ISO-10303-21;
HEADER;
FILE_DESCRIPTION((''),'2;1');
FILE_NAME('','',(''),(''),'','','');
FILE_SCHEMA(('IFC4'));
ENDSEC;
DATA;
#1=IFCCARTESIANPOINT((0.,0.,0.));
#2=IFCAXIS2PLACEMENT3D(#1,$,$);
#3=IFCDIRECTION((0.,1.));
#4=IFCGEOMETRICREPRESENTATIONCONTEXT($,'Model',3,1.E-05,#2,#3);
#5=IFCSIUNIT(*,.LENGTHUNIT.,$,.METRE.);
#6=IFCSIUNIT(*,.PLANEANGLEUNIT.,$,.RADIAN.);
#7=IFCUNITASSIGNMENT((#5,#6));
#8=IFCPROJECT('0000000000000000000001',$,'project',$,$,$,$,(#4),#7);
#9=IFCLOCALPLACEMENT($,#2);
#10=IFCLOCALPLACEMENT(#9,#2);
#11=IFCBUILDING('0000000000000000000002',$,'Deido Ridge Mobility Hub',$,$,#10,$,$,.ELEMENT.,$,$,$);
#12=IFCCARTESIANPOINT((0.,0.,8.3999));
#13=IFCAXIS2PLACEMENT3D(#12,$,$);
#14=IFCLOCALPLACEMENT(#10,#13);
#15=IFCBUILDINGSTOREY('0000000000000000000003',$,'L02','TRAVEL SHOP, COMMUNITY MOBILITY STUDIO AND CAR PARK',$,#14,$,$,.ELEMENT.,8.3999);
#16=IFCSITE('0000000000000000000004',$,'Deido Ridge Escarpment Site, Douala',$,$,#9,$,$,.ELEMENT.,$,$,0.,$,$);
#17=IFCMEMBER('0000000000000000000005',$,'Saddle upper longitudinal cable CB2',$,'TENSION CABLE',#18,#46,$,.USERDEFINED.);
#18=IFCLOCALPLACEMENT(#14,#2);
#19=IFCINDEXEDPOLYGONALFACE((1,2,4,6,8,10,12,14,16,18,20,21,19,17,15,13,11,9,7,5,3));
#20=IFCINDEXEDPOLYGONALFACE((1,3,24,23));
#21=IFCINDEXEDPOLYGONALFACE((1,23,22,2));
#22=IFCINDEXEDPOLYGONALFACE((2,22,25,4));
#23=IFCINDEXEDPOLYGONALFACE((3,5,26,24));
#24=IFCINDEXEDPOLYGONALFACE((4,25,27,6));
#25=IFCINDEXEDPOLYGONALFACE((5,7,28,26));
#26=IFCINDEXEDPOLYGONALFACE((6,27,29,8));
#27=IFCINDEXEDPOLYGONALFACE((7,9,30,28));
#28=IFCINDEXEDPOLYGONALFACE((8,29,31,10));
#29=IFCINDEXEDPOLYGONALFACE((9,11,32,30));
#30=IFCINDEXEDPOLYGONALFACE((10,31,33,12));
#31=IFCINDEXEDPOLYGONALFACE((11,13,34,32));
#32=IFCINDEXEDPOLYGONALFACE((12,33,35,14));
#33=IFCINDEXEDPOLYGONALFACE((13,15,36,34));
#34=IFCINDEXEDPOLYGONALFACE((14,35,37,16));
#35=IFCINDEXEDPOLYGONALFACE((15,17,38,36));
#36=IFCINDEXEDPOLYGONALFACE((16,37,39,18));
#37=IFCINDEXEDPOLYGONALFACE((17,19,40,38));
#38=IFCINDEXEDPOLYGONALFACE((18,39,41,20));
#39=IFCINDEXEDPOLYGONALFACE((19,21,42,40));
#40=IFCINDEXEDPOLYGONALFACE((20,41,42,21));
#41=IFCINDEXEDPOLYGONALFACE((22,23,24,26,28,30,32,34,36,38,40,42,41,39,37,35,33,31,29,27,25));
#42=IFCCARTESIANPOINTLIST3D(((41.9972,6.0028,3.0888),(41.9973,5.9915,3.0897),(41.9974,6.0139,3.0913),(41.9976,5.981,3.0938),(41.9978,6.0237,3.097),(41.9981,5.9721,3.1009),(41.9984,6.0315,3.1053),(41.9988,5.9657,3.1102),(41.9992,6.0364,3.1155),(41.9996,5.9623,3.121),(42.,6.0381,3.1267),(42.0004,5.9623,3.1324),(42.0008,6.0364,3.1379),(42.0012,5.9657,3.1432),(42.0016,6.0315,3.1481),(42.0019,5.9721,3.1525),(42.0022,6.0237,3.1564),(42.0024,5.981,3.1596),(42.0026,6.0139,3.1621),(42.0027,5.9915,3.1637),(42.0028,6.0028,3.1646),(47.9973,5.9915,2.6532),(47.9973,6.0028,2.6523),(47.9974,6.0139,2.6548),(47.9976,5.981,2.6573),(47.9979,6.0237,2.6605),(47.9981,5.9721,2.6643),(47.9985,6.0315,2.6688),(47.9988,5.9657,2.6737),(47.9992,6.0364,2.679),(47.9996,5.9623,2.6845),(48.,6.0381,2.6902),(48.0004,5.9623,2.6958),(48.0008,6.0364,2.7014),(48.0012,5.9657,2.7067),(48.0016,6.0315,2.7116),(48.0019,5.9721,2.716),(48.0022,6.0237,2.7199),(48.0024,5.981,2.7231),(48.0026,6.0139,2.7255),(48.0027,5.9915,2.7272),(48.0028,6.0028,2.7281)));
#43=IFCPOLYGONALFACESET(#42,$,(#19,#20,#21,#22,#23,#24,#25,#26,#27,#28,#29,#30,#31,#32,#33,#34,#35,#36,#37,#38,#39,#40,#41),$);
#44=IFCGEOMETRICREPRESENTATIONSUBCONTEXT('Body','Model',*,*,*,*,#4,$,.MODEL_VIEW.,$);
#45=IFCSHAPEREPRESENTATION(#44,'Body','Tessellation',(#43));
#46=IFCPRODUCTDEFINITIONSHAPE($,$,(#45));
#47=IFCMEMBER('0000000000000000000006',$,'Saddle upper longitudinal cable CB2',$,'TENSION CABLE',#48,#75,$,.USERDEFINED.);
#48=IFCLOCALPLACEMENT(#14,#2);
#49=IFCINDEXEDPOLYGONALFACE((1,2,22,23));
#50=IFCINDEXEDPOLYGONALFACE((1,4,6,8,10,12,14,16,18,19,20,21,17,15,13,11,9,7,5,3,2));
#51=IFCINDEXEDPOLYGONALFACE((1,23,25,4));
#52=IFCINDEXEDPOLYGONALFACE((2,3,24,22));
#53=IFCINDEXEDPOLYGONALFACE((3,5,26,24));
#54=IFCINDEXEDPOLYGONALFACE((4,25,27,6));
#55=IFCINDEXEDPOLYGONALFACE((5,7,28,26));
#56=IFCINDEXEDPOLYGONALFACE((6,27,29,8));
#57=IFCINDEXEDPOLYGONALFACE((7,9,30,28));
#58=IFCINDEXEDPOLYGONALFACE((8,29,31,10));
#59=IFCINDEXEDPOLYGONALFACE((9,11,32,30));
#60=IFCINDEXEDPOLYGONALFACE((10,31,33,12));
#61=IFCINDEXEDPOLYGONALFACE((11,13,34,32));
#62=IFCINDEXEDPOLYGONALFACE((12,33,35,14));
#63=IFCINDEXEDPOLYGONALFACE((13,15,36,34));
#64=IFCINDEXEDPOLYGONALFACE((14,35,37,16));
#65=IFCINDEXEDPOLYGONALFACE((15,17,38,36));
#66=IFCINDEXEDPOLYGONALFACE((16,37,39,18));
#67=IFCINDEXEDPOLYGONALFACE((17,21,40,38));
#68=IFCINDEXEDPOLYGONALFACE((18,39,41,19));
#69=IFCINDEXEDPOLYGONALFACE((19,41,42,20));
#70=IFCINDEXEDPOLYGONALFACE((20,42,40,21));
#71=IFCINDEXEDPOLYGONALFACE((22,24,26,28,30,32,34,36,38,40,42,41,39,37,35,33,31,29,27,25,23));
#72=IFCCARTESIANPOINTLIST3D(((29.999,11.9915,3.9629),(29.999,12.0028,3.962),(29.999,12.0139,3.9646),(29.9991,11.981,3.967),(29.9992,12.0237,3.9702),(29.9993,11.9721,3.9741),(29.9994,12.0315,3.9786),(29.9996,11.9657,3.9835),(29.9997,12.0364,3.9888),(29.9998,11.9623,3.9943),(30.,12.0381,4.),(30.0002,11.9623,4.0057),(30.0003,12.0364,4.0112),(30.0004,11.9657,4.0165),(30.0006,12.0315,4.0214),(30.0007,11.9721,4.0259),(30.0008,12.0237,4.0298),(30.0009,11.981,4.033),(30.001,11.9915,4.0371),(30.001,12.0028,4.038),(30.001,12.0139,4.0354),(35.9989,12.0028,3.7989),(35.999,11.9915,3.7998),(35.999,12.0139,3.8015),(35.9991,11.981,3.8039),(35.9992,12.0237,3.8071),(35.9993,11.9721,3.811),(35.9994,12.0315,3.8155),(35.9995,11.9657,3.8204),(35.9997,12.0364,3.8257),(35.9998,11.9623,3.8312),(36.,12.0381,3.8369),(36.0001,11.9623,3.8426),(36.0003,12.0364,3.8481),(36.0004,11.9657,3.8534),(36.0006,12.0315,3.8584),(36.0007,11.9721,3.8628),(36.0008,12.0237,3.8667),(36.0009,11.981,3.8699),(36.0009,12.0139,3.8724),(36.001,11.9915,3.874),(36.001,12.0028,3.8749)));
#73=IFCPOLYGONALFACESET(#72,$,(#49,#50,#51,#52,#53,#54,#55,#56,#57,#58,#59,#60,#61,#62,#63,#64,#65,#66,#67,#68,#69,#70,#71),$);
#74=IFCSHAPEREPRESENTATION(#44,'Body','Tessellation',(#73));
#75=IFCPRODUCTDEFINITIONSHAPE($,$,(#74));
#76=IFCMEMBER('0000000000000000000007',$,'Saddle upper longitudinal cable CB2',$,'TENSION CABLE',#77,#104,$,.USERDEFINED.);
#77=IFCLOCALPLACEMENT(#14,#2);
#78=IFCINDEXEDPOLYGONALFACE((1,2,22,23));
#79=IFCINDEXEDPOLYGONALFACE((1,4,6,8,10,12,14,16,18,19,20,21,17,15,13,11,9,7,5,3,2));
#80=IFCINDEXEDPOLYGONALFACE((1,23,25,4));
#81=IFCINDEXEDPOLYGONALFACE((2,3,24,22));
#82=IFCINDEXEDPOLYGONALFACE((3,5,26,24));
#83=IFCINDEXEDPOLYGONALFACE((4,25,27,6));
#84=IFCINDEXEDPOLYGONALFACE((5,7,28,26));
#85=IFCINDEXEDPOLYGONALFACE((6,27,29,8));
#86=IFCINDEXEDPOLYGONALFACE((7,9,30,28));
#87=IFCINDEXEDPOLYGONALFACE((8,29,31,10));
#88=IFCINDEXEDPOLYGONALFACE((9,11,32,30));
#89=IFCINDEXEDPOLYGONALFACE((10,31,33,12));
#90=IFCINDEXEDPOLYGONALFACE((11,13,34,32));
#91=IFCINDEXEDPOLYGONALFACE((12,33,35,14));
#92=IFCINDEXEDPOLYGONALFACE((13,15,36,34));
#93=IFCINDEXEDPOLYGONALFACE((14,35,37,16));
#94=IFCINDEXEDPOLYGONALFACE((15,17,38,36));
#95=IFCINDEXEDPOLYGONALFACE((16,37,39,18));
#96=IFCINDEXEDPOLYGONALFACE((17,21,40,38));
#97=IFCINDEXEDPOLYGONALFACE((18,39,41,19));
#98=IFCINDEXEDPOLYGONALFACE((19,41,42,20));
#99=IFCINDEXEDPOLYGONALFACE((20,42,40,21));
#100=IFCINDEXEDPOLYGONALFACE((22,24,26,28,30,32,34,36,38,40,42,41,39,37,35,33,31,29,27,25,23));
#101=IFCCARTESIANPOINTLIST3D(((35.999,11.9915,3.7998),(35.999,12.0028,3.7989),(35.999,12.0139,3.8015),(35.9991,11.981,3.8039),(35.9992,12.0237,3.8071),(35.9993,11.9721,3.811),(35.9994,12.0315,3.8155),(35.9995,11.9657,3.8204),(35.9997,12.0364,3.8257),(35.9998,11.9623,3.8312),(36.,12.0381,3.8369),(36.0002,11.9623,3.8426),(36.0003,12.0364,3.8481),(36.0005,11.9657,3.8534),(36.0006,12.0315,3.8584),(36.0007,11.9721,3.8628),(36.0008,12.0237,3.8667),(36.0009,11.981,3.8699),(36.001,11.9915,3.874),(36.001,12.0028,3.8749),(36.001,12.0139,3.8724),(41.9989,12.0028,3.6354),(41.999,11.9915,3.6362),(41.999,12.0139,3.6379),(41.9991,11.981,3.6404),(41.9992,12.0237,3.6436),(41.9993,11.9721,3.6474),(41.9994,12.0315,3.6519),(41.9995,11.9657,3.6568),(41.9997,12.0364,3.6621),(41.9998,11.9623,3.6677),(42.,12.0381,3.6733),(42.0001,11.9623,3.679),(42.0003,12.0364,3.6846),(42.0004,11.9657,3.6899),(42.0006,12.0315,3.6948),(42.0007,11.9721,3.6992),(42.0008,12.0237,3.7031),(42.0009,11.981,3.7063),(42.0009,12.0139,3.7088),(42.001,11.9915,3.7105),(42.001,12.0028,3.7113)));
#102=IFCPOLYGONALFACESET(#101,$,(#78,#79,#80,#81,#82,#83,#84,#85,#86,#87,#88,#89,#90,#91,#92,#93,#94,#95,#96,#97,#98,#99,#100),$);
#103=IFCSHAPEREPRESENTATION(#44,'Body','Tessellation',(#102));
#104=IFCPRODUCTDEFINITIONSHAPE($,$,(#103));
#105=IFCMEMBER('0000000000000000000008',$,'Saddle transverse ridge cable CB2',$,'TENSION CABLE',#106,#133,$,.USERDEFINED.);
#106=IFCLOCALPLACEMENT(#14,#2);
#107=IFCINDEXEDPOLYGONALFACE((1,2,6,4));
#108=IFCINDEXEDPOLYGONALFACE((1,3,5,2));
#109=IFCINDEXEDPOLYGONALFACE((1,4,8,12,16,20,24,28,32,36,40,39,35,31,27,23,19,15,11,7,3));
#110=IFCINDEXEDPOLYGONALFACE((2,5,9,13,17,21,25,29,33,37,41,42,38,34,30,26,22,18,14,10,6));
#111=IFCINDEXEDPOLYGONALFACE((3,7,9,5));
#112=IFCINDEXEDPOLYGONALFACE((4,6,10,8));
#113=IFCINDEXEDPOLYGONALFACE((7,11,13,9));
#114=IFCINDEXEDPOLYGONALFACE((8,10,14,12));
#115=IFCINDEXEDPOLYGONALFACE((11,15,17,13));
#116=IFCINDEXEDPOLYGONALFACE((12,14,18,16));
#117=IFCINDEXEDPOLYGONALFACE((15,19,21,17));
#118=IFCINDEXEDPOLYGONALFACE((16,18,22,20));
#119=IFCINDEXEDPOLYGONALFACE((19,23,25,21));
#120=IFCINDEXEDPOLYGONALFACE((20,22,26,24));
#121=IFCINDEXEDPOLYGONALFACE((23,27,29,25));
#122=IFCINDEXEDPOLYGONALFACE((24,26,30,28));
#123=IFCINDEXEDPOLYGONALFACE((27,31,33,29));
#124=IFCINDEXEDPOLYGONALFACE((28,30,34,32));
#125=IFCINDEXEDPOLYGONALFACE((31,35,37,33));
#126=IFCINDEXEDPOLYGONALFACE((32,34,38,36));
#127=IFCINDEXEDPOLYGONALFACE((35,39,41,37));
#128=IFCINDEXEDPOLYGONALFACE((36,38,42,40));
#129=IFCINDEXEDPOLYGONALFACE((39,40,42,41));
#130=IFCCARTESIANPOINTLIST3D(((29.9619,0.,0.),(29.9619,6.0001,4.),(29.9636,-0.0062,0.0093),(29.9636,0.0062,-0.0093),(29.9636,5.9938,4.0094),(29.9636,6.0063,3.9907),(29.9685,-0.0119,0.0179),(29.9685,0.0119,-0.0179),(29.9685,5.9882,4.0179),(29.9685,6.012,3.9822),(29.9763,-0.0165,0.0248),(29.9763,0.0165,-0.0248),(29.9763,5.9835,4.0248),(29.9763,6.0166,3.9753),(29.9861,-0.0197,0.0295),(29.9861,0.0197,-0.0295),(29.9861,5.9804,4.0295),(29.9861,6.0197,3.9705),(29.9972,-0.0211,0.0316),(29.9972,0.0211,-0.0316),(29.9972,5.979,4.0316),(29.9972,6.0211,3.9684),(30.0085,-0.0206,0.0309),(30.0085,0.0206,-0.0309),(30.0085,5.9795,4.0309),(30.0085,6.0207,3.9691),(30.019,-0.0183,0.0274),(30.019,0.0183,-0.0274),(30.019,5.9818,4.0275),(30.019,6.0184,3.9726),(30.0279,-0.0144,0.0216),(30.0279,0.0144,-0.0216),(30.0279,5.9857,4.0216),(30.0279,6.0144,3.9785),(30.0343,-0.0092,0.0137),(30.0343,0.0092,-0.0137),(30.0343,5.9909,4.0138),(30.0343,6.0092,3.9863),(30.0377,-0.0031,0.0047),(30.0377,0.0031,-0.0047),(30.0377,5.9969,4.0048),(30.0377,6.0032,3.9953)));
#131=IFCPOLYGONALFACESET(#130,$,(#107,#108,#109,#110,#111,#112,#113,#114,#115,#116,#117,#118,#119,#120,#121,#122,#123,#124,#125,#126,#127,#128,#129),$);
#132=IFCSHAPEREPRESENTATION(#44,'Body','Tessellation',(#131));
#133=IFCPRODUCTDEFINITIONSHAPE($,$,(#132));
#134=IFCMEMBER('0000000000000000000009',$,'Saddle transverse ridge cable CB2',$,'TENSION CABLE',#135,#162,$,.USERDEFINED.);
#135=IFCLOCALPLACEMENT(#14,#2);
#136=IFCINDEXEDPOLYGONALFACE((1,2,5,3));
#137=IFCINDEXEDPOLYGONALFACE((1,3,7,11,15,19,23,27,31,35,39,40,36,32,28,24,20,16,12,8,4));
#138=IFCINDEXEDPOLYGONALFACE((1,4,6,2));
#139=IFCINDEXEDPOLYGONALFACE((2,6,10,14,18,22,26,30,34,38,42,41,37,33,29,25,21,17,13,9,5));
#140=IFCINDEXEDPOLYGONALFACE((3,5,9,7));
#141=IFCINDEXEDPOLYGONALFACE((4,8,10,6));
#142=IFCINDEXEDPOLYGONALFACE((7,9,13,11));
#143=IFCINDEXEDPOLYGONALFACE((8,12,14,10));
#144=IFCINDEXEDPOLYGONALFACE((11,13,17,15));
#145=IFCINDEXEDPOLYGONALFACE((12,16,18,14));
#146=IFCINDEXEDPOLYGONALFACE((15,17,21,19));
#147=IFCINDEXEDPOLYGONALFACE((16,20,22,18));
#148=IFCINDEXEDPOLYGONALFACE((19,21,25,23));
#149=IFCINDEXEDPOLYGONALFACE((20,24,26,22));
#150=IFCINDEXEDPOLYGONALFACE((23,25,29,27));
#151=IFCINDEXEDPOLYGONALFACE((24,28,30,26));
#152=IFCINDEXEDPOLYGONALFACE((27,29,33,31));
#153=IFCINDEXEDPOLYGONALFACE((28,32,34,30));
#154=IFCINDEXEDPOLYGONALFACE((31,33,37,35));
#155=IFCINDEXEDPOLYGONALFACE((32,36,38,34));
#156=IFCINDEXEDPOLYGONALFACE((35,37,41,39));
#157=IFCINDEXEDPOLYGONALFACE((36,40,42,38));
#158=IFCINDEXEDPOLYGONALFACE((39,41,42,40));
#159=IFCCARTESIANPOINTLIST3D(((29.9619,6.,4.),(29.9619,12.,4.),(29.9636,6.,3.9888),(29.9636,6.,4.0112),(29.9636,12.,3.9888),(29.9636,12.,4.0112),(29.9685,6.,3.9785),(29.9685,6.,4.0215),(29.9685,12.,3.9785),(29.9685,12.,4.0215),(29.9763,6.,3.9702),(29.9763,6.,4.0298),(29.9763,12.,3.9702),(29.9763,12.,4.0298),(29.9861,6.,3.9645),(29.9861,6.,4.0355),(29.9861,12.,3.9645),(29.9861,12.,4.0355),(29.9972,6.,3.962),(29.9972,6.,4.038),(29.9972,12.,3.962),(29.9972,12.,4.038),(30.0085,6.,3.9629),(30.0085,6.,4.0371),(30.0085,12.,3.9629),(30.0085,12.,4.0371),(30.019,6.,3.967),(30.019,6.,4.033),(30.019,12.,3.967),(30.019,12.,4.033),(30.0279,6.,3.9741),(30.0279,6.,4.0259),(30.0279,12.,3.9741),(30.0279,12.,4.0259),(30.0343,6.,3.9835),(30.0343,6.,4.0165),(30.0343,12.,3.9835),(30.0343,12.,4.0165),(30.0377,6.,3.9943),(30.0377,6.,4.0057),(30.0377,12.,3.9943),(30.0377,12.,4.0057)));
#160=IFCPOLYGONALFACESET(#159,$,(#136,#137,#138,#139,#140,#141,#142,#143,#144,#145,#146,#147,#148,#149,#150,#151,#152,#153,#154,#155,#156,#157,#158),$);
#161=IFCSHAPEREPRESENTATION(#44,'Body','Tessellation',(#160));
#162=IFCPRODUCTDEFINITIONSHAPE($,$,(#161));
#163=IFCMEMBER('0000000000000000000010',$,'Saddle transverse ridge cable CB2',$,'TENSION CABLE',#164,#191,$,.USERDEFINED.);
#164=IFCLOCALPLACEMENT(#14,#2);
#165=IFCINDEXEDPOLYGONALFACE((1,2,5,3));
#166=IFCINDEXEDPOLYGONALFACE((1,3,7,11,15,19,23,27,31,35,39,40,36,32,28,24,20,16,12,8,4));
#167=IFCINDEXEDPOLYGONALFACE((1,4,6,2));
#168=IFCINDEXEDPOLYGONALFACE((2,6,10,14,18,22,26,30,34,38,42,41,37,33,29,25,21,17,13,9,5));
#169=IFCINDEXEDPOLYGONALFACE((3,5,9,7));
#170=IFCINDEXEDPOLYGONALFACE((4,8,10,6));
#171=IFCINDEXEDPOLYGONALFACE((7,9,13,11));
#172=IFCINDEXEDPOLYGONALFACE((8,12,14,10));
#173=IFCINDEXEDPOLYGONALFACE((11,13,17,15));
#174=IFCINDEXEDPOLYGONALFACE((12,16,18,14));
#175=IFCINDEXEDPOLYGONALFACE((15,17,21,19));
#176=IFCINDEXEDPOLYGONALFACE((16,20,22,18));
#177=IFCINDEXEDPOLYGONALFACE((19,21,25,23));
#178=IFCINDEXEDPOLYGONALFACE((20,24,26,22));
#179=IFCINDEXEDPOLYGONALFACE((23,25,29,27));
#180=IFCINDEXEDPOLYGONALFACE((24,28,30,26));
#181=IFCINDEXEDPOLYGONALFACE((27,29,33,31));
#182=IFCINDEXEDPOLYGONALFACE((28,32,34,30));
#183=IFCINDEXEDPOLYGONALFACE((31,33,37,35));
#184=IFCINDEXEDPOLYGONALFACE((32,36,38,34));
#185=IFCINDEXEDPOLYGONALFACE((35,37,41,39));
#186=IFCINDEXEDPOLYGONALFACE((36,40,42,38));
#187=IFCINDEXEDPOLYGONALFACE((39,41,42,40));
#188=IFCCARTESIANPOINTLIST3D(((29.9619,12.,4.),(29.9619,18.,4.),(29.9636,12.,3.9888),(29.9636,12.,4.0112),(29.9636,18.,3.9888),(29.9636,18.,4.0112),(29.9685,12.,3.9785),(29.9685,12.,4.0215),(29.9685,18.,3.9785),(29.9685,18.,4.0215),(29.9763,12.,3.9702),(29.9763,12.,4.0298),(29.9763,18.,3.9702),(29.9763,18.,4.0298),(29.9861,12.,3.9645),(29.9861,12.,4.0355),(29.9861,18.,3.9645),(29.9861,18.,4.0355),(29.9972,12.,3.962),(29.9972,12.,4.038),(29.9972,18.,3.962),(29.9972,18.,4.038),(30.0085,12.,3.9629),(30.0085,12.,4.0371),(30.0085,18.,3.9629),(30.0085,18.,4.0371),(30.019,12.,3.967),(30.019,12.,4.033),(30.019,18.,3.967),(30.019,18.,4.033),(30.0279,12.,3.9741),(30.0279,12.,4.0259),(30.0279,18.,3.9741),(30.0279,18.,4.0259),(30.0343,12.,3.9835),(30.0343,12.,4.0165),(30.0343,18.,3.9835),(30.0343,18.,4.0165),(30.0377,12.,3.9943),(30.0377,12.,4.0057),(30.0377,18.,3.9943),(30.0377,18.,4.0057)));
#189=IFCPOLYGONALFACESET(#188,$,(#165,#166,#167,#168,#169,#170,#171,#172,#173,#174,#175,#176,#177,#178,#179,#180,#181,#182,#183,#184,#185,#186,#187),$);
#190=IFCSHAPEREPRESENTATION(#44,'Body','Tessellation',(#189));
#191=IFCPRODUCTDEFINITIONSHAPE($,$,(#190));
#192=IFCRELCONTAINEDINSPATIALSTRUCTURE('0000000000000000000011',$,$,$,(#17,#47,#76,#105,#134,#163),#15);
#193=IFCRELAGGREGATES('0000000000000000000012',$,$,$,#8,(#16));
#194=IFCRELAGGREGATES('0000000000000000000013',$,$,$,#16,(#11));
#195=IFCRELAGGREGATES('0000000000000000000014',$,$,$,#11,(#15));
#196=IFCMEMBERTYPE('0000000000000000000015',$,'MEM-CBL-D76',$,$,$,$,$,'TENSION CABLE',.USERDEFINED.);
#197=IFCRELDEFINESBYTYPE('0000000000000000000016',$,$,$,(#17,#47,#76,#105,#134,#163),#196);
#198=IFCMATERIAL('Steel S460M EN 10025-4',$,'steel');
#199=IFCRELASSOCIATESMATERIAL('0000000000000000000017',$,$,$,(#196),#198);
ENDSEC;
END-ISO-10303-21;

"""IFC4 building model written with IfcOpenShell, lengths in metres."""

from ifc_helpers import new_model, si_unit, direction, frame, origin, origin_2d, place, context, subcontext, project, spatial, circle, extrude, material, material_profile, profile_set, type_object, element, save


model = new_model("IFC4")

# Units and contexts
model_context = context("Model", 3, precision=1e-05, world=origin(), true_north=direction((0.0, 1.0)))
body_context = subcontext(model_context, "Body", "Model", "MODEL_VIEW")
ifc_project = project(units=[si_unit("LENGTHUNIT", "METRE"), si_unit("PLANEANGLEUNIT", "RADIAN")], contexts=[model_context])

# Site, building, storey
site_placement = place(None, origin())
site = spatial("IfcSite", under=ifc_project, at=site_placement, Name="Deido Ridge Escarpment Site, Douala", CompositionType="ELEMENT", RefElevation=0.0)
building_placement = place(site_placement, origin())
building = spatial("IfcBuilding", under=site, at=building_placement, Name="Deido Ridge Mobility Hub", CompositionType="ELEMENT")
storey_placement = place(building_placement, frame((0.0, 0.0, 8.3999)))
storey = spatial("IfcBuildingStorey", under=building, at=storey_placement, Name="L02", Description="TRAVEL SHOP, COMMUNITY MOBILITY STUDIO AND CAR PARK", CompositionType="ELEMENT", Elevation=8.3999)

# Members
ifc_material_1 = material(Name="Steel S460M EN 10025-4", Category="steel")
ifc_material_profile_1 = material_profile(ifc_material_1, circle(Radius=0.0381, at=origin_2d()), Name="CABLE D76")
ifc_profile_set_1 = profile_set([ifc_material_profile_1], Name="Steel S460M EN 10025-4")
member_type_1 = type_object("IfcMemberType", Name="MEM-CBL-D76", ElementType="TENSION CABLE", PredefinedType="USERDEFINED", material=ifc_profile_set_1)
for number, where, z_axis, x_axis, name in (
    (1, (42.0, 6.0, 3.1267), (0.997364, 0.0, -0.072562), (0.0, 1.0, 0.0), "Saddle upper longitudinal cable CB2"),
):
    element("IfcMember", number, at=place(storey_placement, frame(where, z_axis=z_axis, x_axis=x_axis)), inside=storey, type_object=member_type_1, Name=name, ObjectType="TENSION CABLE", PredefinedType="USERDEFINED", context=body_context, shape_type="SweptSolid", body=[
        extrude(circle(Radius=0.0381, at=origin_2d()), origin(), (0.0, 0.0, 1.0), 6.0159),
    ])
for number, where, z_axis, x_axis, name in (
    (2, (30.0, 12.0, 4.0), (0.999631, 0.0, -0.027171), (0.0, 1.0, 0.0), "Saddle upper longitudinal cable CB2"),
    (3, (36.0, 12.0, 3.8369), (0.999629, 0.0, -0.027252), (0.0, 1.0, 0.0), "Saddle upper longitudinal cable CB2"),
):
    element("IfcMember", number, at=place(storey_placement, frame(where, z_axis=z_axis, x_axis=x_axis)), inside=storey, type_object=member_type_1, Name=name, ObjectType="TENSION CABLE", PredefinedType="USERDEFINED", context=body_context, shape_type="SweptSolid", body=[
        extrude(circle(Radius=0.0381, at=origin_2d()), origin(), (0.0, 0.0, 1.0), 6.0022),
    ])
member_1_placement = place(storey_placement, frame((30.0, 0.0, 0.0), z_axis=(0.0, 0.83205, 0.5547), x_axis=(-1.0, 0.0, 0.0)))
element("IfcMember", 4, at=member_1_placement, inside=storey, type_object=member_type_1, Name="Saddle transverse ridge cable CB2", ObjectType="TENSION CABLE", PredefinedType="USERDEFINED", context=body_context, shape_type="SweptSolid", body=[
    extrude(circle(Radius=0.0381, at=origin_2d()), origin(), (0.0, 0.0, 1.0), 7.2112),
])
for number, where, z_axis, x_axis, name in (
    (5, (30.0, 6.0, 4.0), (0.0, 1.0, 0.0), (-1.0, 0.0, 0.0), "Saddle transverse ridge cable CB2"),
    (6, (30.0, 12.0, 4.0), (0.0, 1.0, 0.0), (-1.0, 0.0, 0.0), "Saddle transverse ridge cable CB2"),
):
    element("IfcMember", number, at=place(storey_placement, frame(where, z_axis=z_axis, x_axis=x_axis)), inside=storey, type_object=member_type_1, Name=name, ObjectType="TENSION CABLE", PredefinedType="USERDEFINED", context=body_context, shape_type="SweptSolid", body=[
        extrude(circle(Radius=0.0381, at=origin_2d()), origin(), (0.0, 0.0, 1.0), 6.0),
    ])

save(model, "model.ifc")
